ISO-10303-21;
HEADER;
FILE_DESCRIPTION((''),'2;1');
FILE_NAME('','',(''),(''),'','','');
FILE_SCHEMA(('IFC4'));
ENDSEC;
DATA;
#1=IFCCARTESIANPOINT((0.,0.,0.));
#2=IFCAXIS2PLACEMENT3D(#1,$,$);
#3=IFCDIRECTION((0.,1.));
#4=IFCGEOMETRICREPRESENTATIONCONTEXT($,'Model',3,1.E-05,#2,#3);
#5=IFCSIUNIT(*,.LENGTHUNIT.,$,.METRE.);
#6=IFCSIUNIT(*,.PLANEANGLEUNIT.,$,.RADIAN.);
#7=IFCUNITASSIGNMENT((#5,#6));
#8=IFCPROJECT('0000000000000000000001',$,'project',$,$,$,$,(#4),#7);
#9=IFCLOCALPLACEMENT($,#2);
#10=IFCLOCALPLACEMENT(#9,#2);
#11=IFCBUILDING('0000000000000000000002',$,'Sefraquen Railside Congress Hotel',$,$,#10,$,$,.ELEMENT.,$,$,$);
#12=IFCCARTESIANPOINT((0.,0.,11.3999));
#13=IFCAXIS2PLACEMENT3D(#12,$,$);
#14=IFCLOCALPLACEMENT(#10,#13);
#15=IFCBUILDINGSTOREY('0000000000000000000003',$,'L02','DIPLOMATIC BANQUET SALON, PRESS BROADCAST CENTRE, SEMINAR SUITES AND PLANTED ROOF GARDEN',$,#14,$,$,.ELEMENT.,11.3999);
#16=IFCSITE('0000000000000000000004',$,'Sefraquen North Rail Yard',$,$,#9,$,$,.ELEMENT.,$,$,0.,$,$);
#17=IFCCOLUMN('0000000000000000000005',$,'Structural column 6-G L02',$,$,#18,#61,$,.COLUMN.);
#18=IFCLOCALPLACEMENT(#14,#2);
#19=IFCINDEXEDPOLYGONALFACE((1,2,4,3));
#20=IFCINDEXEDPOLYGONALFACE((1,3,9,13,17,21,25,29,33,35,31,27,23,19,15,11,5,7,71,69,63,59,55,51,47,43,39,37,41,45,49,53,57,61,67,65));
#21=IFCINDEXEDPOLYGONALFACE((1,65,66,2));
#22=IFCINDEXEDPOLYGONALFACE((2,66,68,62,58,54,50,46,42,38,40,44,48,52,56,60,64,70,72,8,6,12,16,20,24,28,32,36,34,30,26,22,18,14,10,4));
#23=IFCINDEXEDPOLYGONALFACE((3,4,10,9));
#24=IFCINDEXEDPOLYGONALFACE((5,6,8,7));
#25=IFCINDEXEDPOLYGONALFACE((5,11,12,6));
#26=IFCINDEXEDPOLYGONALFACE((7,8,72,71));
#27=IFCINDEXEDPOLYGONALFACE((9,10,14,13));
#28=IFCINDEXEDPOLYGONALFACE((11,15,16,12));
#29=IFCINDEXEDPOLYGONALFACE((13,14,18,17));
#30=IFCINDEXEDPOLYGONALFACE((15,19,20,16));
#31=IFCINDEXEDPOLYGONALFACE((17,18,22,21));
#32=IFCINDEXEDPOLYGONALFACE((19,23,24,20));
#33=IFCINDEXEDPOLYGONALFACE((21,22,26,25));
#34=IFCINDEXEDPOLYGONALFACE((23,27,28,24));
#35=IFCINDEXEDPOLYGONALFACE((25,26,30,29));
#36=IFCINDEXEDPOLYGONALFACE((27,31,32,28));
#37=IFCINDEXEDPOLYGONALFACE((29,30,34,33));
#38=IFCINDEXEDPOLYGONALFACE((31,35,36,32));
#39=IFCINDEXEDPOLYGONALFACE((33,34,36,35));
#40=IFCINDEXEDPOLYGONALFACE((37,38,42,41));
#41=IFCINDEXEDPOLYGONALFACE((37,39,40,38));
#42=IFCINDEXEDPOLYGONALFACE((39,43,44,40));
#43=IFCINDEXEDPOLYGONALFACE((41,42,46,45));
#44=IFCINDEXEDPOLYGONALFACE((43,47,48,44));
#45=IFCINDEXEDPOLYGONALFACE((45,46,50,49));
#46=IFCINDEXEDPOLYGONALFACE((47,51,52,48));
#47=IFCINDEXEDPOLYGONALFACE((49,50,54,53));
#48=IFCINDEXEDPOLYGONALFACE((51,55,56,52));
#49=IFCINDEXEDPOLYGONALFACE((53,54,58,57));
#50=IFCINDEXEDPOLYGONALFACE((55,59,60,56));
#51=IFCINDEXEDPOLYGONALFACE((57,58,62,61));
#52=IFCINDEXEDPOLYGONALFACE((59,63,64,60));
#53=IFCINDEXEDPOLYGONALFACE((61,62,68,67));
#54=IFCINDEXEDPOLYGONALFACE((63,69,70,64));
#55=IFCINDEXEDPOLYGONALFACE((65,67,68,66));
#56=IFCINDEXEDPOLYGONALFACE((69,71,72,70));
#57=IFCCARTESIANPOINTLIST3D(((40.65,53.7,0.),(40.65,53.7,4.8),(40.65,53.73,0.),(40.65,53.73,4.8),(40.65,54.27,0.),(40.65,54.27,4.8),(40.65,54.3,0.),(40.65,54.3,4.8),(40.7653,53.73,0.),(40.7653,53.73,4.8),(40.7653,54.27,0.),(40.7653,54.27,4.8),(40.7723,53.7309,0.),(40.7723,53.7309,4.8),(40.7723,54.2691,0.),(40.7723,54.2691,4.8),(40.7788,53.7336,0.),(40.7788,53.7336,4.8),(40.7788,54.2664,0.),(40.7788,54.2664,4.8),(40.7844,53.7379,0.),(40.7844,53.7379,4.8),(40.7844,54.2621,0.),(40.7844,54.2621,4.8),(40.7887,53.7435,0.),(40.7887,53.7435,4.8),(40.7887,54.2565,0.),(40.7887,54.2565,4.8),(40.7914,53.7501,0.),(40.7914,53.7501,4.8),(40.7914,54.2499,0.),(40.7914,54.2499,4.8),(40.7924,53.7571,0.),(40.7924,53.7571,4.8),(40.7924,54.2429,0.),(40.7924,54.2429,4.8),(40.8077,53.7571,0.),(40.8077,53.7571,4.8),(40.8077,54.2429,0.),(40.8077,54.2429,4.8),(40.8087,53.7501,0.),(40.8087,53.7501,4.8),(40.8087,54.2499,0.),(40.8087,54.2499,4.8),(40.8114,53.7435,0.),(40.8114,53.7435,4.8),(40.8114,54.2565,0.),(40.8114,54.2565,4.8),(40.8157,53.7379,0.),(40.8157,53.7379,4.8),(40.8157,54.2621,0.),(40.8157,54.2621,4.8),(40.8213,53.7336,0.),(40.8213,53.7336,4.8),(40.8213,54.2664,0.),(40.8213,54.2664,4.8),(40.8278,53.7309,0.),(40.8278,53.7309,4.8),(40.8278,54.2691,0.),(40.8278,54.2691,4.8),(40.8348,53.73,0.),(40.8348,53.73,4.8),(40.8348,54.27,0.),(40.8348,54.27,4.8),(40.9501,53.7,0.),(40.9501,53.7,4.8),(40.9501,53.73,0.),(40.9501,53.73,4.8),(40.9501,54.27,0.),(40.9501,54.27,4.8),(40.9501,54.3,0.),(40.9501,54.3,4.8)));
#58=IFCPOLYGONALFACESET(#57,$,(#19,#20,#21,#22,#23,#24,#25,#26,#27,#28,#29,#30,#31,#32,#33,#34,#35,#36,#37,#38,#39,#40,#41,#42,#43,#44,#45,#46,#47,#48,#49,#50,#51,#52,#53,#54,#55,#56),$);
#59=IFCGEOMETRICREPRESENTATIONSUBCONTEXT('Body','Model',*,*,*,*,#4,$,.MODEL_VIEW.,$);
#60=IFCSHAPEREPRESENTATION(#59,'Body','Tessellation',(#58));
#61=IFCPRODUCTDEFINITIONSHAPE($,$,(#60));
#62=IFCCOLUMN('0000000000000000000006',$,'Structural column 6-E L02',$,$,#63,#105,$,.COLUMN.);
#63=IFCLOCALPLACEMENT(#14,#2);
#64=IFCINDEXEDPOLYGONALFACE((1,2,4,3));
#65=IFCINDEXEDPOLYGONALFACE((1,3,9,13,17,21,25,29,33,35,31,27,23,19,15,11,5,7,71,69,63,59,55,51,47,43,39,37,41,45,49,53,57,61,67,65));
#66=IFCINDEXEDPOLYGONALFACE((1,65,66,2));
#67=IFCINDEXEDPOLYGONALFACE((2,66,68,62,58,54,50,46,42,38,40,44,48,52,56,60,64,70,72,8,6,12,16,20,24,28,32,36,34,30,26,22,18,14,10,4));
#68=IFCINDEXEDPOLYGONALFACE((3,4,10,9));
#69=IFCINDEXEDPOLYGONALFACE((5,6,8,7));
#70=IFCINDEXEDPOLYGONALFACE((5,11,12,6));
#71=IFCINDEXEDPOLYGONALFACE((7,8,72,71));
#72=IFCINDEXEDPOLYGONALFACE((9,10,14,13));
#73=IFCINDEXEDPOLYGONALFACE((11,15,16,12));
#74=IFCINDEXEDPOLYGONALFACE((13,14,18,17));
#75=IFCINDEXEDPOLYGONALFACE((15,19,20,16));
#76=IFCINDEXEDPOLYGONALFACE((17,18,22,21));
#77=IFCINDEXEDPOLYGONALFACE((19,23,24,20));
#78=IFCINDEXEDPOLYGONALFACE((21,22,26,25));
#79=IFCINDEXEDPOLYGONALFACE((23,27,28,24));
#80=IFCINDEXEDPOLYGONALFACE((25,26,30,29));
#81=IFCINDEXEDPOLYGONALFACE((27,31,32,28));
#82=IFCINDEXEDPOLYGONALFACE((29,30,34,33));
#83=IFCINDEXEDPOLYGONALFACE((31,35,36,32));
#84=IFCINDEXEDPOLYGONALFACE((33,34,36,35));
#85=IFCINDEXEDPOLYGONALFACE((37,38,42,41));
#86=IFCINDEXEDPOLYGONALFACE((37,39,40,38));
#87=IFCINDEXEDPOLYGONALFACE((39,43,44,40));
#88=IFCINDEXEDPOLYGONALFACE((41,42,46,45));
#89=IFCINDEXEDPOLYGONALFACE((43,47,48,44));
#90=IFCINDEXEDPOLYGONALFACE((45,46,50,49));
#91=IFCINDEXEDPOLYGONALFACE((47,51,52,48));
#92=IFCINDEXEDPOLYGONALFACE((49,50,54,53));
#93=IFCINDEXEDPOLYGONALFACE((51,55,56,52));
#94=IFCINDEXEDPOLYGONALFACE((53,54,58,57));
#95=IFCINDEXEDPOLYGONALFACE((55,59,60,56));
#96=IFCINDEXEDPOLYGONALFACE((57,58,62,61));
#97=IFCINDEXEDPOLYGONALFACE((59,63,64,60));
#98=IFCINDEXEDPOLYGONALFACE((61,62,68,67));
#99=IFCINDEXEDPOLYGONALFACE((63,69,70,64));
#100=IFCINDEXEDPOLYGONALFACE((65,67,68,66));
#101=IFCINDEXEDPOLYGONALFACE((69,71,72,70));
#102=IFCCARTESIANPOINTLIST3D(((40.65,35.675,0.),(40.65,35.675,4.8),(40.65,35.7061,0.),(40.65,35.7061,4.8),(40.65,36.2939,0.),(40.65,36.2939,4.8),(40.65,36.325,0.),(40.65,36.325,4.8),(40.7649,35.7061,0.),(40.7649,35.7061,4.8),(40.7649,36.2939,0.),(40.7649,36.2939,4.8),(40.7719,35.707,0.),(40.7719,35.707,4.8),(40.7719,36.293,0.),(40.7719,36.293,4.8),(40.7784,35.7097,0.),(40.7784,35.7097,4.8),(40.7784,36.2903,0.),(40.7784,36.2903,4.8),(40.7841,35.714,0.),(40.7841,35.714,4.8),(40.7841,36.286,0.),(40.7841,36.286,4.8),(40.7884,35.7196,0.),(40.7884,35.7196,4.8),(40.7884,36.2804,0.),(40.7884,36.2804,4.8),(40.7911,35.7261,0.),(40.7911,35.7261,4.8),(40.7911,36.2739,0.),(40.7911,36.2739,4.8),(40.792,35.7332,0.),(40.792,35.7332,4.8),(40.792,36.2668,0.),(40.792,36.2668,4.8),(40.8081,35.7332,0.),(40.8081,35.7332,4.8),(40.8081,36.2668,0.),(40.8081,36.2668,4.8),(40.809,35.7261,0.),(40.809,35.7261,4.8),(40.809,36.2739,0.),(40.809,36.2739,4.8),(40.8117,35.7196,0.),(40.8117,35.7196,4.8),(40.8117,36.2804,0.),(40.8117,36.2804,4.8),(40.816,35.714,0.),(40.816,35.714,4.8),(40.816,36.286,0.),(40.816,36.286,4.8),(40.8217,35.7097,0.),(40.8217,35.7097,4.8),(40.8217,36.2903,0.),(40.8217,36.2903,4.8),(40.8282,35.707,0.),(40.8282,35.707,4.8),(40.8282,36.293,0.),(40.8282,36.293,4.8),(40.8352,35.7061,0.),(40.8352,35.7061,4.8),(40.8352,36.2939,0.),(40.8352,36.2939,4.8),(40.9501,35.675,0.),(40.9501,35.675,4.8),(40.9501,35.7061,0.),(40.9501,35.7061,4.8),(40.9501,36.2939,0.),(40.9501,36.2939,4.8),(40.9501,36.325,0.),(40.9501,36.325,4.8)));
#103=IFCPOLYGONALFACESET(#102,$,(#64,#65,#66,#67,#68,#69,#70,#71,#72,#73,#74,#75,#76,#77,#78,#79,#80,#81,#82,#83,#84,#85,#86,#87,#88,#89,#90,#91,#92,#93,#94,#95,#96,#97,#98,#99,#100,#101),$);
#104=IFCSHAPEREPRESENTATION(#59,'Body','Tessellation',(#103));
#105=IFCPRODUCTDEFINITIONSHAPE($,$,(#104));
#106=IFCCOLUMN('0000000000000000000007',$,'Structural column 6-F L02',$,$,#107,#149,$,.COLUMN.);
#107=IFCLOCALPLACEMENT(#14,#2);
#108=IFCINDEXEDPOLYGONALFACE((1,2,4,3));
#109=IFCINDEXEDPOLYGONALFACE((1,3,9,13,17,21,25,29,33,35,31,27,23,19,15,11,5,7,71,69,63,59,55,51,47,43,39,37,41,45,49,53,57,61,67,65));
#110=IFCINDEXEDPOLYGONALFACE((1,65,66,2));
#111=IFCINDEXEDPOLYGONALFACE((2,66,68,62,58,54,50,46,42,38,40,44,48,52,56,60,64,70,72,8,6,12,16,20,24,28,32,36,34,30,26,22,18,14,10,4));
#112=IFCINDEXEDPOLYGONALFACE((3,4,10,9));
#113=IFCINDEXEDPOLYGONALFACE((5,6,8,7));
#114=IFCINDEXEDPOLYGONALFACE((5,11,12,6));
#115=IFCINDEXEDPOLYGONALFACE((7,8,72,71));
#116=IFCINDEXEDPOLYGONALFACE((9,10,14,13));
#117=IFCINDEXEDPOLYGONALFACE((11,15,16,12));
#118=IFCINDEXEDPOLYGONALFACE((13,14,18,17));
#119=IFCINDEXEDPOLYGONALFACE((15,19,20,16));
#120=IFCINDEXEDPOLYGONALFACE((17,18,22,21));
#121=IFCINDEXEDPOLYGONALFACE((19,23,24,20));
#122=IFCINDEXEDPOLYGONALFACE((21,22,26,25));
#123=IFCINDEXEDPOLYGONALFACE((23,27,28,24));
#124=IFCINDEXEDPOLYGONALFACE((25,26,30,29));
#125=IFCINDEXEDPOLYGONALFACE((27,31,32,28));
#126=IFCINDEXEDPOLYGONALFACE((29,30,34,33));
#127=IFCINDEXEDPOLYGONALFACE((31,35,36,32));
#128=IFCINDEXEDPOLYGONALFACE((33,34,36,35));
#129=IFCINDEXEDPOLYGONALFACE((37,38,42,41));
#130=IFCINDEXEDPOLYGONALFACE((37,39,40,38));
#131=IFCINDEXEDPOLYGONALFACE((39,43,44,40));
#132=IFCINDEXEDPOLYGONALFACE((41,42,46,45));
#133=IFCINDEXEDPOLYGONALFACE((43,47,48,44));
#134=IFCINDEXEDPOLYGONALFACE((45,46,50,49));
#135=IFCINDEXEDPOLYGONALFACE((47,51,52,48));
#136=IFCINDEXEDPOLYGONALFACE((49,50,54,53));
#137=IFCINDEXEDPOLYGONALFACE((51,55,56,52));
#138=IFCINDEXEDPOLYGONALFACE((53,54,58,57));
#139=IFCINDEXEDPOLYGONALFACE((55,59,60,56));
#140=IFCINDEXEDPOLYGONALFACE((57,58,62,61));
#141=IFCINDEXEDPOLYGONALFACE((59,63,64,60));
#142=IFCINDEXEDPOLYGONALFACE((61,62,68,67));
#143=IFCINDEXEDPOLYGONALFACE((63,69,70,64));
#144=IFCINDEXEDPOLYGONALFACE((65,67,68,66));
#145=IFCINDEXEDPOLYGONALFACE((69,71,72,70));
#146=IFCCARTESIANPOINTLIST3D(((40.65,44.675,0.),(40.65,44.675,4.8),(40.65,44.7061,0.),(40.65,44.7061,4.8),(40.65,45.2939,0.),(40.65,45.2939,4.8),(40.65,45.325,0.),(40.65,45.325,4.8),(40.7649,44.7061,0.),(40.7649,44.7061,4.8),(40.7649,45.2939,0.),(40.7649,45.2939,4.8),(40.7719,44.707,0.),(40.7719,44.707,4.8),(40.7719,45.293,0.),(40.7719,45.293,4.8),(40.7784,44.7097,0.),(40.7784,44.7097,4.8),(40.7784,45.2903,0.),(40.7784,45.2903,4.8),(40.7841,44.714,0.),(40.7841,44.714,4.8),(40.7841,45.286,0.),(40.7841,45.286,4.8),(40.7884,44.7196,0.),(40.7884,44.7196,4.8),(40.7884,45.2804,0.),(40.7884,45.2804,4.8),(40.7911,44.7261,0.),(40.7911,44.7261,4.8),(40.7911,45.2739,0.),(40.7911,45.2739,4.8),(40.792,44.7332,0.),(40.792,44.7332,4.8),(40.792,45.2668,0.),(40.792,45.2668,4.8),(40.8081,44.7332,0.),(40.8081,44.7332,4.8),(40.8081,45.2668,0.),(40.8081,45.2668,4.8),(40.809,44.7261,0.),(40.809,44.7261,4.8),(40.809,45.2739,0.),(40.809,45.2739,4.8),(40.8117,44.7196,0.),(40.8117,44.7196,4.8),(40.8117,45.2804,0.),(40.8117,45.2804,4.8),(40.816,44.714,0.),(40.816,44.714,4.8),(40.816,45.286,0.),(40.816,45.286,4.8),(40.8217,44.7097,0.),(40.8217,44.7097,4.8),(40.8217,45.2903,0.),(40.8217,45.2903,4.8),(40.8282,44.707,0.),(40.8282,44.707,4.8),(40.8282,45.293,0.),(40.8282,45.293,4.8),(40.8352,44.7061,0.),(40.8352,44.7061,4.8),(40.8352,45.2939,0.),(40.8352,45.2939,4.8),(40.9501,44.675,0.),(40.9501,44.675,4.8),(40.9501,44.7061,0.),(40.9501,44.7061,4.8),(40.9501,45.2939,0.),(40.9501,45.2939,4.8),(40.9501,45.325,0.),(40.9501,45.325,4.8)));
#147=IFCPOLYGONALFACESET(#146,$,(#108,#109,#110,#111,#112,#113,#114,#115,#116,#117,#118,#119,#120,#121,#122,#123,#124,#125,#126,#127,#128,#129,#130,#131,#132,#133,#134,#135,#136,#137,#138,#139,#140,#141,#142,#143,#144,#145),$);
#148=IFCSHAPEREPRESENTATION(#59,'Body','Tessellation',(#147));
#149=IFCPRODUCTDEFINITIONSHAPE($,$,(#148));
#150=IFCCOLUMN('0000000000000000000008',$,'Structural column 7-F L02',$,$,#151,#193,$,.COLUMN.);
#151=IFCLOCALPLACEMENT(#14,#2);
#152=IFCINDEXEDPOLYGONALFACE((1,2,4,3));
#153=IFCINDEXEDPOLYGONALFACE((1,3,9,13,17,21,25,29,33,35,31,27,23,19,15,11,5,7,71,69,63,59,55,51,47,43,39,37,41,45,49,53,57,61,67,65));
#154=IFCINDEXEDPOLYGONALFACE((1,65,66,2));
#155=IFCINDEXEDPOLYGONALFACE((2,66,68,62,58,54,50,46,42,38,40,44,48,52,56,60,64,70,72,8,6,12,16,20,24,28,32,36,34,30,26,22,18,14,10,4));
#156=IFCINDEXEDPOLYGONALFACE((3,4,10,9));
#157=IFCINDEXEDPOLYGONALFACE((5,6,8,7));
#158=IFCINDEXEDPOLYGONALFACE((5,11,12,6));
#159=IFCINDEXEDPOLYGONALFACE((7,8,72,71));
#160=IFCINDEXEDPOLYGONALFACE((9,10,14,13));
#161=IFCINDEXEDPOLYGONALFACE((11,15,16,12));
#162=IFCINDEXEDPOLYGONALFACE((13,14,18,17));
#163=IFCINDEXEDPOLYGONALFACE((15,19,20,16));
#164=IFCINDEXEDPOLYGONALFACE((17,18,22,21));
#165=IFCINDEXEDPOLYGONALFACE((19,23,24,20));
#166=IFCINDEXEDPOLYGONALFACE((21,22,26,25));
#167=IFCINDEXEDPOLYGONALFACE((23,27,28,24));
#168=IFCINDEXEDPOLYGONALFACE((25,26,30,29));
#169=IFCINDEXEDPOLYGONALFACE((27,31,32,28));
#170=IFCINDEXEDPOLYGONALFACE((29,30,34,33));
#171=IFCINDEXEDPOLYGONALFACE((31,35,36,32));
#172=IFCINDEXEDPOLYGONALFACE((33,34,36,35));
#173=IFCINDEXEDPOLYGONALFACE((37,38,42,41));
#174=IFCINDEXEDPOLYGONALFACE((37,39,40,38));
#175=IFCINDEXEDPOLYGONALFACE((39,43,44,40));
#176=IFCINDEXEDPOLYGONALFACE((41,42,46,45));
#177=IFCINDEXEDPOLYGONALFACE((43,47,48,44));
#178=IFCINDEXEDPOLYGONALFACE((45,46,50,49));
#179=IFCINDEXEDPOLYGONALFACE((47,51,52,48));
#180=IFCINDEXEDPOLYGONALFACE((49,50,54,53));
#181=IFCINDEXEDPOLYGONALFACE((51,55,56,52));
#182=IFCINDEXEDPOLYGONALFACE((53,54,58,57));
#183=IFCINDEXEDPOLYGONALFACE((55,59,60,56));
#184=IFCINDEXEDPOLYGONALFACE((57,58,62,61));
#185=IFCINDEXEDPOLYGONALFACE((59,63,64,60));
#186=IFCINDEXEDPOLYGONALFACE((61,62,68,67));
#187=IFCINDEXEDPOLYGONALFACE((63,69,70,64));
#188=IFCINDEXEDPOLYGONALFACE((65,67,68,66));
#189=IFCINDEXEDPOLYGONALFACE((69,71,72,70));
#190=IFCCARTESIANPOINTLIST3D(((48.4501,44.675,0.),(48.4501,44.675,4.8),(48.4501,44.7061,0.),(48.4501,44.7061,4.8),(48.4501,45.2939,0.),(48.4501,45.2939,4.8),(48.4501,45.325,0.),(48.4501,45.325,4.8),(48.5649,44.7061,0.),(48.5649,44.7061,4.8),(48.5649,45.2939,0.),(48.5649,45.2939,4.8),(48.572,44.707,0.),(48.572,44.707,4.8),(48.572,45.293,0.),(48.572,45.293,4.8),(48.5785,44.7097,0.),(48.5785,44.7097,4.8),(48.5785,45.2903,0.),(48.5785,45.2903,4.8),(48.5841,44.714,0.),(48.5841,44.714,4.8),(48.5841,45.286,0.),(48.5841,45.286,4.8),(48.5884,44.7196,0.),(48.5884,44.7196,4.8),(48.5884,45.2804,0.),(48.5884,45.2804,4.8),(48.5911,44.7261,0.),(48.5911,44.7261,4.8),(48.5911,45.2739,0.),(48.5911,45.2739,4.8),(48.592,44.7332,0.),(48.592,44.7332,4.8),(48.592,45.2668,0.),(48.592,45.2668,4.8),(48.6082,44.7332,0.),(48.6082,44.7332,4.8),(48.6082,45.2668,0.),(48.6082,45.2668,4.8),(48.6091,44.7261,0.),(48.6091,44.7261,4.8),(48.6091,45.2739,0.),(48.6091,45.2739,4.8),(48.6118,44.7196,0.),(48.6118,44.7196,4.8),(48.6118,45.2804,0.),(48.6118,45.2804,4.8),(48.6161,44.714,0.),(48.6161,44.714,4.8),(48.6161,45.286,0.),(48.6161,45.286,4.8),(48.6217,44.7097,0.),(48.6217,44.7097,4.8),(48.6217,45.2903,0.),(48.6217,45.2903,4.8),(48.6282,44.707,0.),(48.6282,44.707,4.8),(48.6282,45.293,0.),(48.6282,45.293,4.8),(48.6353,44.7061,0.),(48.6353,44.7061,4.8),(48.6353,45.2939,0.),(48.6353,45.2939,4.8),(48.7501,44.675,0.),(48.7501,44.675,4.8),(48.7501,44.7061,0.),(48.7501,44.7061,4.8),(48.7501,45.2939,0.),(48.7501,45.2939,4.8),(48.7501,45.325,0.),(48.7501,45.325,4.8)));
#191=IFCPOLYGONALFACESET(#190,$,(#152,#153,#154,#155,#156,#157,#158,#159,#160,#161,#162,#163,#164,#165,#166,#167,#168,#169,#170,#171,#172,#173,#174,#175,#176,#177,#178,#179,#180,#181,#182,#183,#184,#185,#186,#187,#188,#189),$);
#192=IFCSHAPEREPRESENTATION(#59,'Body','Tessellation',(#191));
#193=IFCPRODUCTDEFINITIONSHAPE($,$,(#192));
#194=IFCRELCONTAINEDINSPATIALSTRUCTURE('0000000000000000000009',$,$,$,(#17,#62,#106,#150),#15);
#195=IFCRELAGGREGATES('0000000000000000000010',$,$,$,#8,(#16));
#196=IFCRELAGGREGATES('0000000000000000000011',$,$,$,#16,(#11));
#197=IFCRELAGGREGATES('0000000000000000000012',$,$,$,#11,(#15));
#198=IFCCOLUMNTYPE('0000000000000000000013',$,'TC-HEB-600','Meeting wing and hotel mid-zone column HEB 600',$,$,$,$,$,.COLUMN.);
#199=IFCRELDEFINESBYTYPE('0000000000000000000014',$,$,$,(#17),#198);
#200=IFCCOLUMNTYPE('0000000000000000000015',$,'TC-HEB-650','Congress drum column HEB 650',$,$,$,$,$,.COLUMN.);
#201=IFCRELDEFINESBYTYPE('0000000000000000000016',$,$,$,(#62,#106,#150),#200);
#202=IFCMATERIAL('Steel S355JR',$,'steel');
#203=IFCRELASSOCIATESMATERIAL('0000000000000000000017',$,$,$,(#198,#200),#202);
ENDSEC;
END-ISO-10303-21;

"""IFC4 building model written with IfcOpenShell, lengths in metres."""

from ifc_helpers import new_model, si_unit, direction, frame, origin, origin_2d, place, context, subcontext, project, spatial, i_section, extrude, material, material_profile, profile_set, type_object, element, save


model = new_model("IFC4")

# Units and contexts
model_context = context("Model", 3, precision=1e-05, world=origin(), true_north=direction((0.0, 1.0)))
body_context = subcontext(model_context, "Body", "Model", "MODEL_VIEW")
ifc_project = project(units=[si_unit("LENGTHUNIT", "METRE"), si_unit("PLANEANGLEUNIT", "RADIAN")], contexts=[model_context])

# Site, building, storey
site_placement = place(None, origin())
site = spatial("IfcSite", under=ifc_project, at=site_placement, Name="Sefraquen North Rail Yard", CompositionType="ELEMENT", RefElevation=0.0)
building_placement = place(site_placement, origin())
building = spatial("IfcBuilding", under=site, at=building_placement, Name="Sefraquen Railside Congress Hotel", CompositionType="ELEMENT")
storey_placement = place(building_placement, frame((0.0, 0.0, 11.3999)))
storey = spatial("IfcBuildingStorey", under=building, at=storey_placement, Name="L02", Description="DIPLOMATIC BANQUET SALON, PRESS BROADCAST CENTRE, SEMINAR SUITES AND PLANTED ROOF GARDEN", CompositionType="ELEMENT", Elevation=11.3999)

# Columns
ifc_material_1 = material(Name="Steel S355JR", Category="steel")
ifc_material_profile_1 = material_profile(ifc_material_1, i_section(OverallWidth=0.3, OverallDepth=0.6001, WebThickness=0.0154, FlangeThickness=0.03, FilletRadius=0.0271, at=origin_2d()), Name="HEB 600")
ifc_profile_set_1 = profile_set([ifc_material_profile_1], Name="Steel S355JR")
column_type_1 = type_object("IfcColumnType", Name="TC-HEB-600", Description="Meeting wing and hotel mid-zone column HEB 600", PredefinedType="COLUMN", material=ifc_profile_set_1)
column_placement = place(storey_placement, frame((40.8, 54.0, 0.0), z_axis=(0.0, 0.0, 1.0), x_axis=(1.0, 0.0, 0.0)))
element("IfcColumn", 1, at=column_placement, inside=storey, type_object=column_type_1, Name="Structural column 6-G L02", PredefinedType="COLUMN", context=body_context, shape_type="SweptSolid", body=[
    extrude(i_section(OverallWidth=0.3, OverallDepth=0.6001, WebThickness=0.0154, FlangeThickness=0.03, FilletRadius=0.0271, at=origin_2d()), origin(), (0.0, 0.0, 1.0), 4.8),
])
ifc_material_profile_2 = material_profile(ifc_material_1, i_section(OverallWidth=0.3, OverallDepth=0.6499, WebThickness=0.0161, FlangeThickness=0.031, FilletRadius=0.0271, at=origin_2d()), Name="HEB 650")
ifc_profile_set_2 = profile_set([ifc_material_profile_2], Name="Steel S355JR")
column_type_2 = type_object("IfcColumnType", Name="TC-HEB-650", Description="Congress drum column HEB 650", PredefinedType="COLUMN", material=ifc_profile_set_2)
for number, where, z_axis, x_axis, name in (
    (2, (40.8, 36.0, 0.0), (0.0, 0.0, 1.0), (1.0, 0.0, 0.0), "Structural column 6-E L02"),
    (3, (40.8, 45.0, 0.0), (0.0, 0.0, 1.0), (1.0, 0.0, 0.0), "Structural column 6-F L02"),
    (4, (48.6001, 45.0, 0.0), (0.0, 0.0, 1.0), (1.0, 0.0, 0.0), "Structural column 7-F L02"),
):
    element("IfcColumn", number, at=place(storey_placement, frame(where, z_axis=z_axis, x_axis=x_axis)), inside=storey, type_object=column_type_2, Name=name, PredefinedType="COLUMN", context=body_context, shape_type="SweptSolid", body=[
        extrude(i_section(OverallWidth=0.3, OverallDepth=0.6499, WebThickness=0.0161, FlangeThickness=0.031, FilletRadius=0.0271, at=origin_2d()), origin(), (0.0, 0.0, 1.0), 4.8),
    ])

save(model, "model.ifc")
